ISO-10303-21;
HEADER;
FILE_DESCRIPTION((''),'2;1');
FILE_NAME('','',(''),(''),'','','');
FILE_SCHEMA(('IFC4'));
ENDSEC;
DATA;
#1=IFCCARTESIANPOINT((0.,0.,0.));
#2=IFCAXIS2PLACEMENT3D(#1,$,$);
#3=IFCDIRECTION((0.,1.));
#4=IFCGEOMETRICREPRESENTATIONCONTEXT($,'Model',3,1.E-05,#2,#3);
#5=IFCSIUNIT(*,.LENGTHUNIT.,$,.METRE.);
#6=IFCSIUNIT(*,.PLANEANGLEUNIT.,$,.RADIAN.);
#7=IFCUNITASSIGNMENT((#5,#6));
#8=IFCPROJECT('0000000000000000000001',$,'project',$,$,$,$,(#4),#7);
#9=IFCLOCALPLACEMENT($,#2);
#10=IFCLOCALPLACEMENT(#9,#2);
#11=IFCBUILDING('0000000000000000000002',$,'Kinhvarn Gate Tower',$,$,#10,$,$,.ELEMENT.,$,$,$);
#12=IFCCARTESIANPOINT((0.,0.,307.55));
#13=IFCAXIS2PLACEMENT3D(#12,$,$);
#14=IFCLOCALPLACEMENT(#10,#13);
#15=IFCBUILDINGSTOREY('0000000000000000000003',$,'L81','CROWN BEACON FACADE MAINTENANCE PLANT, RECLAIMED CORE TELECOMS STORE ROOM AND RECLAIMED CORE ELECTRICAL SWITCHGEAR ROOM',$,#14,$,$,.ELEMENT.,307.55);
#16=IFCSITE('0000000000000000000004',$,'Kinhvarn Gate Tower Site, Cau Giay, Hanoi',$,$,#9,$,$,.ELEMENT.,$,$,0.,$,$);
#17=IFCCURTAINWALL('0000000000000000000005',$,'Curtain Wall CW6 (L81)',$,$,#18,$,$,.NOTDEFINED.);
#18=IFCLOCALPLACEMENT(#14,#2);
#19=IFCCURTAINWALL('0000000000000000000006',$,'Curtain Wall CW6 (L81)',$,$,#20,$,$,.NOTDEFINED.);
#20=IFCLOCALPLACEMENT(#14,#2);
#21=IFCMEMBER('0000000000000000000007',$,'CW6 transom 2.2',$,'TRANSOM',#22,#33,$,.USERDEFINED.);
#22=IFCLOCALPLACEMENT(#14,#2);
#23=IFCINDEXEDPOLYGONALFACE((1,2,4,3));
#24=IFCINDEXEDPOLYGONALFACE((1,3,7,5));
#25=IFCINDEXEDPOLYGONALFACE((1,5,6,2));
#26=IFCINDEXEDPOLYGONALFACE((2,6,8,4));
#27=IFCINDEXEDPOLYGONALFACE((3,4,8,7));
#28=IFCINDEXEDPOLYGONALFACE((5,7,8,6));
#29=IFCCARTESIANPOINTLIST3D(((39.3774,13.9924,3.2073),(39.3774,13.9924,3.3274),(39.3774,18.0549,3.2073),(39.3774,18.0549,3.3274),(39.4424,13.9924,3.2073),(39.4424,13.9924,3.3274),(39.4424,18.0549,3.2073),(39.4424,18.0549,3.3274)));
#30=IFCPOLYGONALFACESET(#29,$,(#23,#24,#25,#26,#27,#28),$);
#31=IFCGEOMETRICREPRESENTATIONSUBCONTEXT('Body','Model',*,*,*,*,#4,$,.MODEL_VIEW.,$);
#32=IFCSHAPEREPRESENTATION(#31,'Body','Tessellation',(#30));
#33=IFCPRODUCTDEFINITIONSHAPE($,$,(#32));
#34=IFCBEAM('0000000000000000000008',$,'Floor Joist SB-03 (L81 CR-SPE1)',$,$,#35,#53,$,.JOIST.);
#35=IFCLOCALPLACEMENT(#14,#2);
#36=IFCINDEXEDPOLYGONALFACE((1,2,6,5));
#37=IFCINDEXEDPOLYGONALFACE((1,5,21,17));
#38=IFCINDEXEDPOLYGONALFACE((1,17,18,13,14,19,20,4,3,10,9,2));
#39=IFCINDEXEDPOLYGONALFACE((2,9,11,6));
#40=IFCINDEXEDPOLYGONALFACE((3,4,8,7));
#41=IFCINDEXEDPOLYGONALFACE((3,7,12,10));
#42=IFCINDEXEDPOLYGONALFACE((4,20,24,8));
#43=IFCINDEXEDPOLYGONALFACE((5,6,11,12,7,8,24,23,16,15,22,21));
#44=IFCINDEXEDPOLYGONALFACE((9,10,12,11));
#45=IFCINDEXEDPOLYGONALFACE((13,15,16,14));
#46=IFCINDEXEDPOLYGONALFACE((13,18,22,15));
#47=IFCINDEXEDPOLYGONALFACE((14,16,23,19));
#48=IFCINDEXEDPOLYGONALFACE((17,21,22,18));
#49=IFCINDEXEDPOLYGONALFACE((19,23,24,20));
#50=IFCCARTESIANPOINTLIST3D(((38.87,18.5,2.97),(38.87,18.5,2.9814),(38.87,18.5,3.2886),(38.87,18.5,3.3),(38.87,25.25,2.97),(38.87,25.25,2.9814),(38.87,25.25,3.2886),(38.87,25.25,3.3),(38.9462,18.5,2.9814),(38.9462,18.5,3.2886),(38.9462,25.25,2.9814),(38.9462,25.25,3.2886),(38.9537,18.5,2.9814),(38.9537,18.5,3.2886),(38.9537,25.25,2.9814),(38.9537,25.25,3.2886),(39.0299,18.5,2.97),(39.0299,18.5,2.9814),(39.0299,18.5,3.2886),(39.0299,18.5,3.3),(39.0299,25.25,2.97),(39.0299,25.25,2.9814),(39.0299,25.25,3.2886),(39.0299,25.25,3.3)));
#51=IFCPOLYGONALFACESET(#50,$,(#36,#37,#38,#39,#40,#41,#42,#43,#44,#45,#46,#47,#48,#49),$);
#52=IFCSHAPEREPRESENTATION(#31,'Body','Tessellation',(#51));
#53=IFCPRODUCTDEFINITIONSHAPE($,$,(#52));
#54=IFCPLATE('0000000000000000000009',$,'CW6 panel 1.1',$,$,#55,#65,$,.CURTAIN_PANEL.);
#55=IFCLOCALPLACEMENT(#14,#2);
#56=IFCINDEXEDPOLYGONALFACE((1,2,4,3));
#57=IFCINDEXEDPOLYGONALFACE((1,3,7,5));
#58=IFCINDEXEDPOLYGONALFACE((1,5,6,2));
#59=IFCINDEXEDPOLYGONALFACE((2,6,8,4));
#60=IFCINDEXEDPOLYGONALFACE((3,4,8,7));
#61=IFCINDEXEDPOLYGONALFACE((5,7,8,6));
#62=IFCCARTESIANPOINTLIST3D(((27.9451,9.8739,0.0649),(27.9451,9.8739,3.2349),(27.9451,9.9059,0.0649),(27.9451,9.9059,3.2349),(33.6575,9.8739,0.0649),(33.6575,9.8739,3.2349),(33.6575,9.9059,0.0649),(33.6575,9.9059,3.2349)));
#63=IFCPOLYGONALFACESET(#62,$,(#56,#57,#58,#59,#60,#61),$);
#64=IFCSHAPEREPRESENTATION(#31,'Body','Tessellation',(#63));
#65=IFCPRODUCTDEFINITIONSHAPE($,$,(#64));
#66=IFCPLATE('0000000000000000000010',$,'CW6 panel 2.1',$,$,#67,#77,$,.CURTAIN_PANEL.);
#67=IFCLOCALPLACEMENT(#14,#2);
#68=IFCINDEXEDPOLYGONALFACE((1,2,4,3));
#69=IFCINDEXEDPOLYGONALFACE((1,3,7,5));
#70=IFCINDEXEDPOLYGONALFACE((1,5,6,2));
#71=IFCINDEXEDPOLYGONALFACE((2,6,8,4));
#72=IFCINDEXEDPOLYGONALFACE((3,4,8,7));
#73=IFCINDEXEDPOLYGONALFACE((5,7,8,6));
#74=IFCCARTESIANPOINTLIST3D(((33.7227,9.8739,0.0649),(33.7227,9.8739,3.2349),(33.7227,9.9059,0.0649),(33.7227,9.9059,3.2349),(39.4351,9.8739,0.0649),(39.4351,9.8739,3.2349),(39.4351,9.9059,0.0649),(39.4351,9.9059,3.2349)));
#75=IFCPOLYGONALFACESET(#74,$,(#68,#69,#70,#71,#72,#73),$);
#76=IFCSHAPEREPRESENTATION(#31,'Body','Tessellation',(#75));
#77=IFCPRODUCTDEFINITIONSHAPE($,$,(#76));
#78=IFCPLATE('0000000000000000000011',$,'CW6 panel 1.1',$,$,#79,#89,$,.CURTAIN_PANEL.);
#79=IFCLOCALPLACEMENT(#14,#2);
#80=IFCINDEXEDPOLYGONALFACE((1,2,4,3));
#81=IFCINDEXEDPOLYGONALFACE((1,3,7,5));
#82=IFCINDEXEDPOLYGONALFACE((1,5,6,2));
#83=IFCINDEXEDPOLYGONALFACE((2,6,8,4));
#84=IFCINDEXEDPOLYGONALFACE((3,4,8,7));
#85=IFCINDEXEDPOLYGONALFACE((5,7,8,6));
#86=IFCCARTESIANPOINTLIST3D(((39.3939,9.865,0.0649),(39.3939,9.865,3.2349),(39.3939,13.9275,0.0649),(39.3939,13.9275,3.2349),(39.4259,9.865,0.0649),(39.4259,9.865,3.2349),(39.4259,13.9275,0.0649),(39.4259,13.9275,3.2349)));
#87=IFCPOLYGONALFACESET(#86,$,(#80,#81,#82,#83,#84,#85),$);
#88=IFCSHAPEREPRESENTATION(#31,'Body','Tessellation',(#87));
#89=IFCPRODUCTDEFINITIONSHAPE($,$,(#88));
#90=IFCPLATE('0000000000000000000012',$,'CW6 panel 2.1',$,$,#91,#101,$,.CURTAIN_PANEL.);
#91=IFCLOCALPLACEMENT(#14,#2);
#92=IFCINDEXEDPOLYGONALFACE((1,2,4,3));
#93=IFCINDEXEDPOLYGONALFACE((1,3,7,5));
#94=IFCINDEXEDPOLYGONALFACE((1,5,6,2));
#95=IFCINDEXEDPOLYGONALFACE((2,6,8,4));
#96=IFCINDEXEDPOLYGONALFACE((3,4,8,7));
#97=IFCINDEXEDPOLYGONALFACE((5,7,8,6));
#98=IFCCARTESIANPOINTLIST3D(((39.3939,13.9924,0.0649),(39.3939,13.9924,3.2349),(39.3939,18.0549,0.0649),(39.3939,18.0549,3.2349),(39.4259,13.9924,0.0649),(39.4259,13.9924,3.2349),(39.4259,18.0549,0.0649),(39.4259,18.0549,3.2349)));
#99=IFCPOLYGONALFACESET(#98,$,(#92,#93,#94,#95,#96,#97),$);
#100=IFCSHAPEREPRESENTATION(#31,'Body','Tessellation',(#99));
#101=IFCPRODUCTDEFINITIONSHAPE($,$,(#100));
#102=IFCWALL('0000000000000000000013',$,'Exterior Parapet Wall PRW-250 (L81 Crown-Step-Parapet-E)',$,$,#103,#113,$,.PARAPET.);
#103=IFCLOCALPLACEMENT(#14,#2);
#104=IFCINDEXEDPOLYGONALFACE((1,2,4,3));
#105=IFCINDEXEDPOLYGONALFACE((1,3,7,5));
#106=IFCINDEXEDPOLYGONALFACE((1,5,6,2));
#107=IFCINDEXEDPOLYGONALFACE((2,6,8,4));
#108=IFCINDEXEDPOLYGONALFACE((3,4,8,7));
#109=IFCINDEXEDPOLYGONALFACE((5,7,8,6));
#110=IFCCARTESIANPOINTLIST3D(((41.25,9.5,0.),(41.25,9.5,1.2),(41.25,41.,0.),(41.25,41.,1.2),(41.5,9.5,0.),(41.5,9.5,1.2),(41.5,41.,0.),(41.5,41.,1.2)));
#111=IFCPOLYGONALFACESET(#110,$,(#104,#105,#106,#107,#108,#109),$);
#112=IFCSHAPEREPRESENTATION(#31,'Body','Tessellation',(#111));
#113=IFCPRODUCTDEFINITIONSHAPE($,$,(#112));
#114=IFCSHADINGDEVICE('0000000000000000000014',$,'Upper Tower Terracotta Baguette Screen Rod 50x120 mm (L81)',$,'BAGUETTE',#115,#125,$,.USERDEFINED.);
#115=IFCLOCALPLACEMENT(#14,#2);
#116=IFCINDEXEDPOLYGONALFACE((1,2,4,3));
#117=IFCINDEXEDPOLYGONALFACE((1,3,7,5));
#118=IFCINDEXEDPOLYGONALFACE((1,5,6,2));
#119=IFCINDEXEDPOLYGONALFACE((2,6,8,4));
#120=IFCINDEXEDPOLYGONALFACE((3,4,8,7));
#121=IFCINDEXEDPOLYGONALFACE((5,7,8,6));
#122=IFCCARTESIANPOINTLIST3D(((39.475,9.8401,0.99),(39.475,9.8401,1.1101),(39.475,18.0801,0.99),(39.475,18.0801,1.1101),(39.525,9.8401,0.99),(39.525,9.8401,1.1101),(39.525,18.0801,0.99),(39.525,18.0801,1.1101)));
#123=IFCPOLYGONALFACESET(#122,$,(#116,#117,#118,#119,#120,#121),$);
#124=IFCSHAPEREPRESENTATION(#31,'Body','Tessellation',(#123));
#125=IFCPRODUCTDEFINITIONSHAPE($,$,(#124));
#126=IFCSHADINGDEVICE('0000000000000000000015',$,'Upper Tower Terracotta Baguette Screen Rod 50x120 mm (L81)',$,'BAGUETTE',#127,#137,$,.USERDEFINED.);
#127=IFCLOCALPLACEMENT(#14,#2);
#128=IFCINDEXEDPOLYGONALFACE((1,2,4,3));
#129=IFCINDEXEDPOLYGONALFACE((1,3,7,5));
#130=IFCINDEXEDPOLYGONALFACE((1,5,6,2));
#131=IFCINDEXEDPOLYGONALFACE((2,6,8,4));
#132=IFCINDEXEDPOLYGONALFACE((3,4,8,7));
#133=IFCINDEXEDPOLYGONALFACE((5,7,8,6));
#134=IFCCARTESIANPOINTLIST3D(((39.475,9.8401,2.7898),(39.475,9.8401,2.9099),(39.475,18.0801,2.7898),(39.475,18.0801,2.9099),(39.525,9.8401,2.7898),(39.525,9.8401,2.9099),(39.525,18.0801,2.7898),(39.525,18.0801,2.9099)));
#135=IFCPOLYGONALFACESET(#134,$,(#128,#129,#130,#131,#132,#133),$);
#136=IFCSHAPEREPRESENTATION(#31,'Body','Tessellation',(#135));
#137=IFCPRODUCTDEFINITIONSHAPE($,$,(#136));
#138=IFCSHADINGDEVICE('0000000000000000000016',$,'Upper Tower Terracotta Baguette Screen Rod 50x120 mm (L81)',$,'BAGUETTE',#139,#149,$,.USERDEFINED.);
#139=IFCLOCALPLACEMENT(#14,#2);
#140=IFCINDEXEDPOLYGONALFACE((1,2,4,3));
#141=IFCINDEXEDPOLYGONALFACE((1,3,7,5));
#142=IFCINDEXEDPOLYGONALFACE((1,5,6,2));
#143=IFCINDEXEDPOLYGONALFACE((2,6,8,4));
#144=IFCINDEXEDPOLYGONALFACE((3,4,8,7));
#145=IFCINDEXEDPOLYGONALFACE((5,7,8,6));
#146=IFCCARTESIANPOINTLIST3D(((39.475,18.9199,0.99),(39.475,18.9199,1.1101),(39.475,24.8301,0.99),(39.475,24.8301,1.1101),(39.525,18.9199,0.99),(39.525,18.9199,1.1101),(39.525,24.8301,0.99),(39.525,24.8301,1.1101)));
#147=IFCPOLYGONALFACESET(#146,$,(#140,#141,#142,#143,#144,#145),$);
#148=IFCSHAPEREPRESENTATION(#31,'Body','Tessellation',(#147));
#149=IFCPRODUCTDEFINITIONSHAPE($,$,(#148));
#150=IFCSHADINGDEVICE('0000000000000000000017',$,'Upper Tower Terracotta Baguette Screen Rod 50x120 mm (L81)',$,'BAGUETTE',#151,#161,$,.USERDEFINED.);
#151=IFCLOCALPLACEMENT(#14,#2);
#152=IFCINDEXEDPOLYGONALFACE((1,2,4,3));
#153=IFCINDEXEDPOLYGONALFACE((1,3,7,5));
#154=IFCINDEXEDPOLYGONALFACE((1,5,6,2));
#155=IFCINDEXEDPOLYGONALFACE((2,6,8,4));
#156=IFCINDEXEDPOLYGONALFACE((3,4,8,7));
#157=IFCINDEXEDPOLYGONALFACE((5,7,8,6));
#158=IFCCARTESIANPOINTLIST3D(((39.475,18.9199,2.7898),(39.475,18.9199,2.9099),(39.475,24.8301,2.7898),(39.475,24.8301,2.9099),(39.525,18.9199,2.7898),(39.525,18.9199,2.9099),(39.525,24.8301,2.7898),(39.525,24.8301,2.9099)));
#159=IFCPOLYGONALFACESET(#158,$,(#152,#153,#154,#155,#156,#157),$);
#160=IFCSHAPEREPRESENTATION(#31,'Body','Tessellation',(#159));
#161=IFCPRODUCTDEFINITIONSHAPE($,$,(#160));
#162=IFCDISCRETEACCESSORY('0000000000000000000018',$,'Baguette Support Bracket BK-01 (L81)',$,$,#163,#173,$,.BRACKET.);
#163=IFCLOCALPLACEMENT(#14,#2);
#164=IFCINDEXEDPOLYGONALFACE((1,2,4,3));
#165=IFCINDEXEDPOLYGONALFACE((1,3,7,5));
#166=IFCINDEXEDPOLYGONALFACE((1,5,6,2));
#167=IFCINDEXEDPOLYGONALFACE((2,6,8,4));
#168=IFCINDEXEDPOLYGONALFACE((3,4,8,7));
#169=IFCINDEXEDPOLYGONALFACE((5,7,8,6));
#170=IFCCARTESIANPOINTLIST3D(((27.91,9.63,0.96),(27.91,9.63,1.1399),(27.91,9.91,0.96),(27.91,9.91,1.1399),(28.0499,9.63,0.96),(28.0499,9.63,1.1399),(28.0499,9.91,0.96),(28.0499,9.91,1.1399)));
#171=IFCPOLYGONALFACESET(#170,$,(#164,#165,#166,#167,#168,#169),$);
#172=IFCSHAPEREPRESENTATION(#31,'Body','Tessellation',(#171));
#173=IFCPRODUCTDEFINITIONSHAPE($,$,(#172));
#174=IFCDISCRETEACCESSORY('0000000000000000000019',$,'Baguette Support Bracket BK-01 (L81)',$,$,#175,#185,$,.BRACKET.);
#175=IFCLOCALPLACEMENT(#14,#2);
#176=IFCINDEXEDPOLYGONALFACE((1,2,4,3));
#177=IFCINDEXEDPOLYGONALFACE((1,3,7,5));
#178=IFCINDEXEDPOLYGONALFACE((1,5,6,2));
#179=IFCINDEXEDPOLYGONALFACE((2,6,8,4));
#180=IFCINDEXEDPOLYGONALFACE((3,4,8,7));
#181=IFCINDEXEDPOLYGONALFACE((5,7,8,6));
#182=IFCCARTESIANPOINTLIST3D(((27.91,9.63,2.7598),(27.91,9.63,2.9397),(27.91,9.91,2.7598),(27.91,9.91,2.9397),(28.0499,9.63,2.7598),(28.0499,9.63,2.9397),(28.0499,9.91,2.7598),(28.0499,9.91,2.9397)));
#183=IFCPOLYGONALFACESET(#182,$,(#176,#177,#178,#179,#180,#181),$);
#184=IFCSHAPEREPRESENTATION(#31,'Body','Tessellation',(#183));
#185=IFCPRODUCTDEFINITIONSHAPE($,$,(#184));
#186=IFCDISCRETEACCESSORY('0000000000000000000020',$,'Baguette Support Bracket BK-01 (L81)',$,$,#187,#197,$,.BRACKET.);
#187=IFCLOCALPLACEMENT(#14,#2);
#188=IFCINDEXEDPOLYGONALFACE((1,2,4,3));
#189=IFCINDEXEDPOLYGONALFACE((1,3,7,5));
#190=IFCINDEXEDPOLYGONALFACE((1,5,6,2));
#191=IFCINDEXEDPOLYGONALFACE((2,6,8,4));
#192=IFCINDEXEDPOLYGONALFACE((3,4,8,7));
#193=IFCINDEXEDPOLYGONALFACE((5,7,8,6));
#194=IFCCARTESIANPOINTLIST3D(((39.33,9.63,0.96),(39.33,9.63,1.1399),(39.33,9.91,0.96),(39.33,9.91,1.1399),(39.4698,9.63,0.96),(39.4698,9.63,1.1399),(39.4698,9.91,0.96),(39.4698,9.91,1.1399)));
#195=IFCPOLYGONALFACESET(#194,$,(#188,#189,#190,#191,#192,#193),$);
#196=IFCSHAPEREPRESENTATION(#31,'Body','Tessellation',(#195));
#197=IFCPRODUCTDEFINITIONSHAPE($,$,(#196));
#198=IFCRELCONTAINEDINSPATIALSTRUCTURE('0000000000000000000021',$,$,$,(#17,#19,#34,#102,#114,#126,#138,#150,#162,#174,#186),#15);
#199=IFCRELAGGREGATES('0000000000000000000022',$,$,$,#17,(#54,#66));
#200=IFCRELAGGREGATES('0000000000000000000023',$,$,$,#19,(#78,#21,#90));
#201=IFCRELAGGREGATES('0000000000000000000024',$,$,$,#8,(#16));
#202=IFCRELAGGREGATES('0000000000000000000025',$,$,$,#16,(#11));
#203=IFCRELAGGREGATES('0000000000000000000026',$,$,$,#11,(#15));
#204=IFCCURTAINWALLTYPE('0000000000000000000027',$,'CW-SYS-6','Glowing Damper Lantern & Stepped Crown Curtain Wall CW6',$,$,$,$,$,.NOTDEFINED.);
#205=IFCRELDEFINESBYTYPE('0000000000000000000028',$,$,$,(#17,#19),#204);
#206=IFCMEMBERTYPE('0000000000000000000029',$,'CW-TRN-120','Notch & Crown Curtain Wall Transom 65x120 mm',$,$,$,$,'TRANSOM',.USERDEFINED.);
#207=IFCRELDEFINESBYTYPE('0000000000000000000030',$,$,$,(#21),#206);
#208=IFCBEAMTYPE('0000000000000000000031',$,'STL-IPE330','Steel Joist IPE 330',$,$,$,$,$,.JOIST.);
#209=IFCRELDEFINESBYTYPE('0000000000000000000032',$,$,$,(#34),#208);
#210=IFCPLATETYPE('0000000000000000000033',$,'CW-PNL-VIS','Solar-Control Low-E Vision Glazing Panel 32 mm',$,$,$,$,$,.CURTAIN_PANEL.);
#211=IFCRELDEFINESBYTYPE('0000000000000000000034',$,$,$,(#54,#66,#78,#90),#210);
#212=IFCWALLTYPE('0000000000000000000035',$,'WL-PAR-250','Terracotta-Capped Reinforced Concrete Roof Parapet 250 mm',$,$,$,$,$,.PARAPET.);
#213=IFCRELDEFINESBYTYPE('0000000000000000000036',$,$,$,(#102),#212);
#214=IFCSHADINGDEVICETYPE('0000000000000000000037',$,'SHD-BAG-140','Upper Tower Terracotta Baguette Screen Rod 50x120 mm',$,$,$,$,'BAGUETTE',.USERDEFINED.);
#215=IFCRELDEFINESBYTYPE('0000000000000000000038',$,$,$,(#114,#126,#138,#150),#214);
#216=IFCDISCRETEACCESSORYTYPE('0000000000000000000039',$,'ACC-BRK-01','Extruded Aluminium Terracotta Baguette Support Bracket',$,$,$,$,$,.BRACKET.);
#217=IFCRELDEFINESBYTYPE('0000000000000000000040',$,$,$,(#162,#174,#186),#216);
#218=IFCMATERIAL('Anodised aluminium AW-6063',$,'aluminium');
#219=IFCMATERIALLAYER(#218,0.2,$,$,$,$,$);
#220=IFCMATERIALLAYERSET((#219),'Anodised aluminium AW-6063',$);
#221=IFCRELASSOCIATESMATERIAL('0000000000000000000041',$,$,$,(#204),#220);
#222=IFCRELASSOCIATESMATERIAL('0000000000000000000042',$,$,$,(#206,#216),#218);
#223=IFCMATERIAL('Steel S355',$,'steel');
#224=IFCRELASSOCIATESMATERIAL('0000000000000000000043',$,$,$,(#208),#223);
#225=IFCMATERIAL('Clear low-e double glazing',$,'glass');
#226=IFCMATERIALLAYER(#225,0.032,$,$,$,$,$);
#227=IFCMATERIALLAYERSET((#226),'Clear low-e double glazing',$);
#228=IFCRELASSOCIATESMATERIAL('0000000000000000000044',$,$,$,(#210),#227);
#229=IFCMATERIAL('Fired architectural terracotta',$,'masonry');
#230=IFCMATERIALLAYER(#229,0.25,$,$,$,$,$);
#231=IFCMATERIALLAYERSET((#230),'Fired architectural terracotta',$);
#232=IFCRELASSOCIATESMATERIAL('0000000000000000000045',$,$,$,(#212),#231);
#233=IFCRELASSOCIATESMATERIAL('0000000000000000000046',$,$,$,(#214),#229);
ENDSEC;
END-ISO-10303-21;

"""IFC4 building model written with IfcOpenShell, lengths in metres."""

from ifc_helpers import new_model, si_unit, direction, frame, frame_2d, origin, origin_2d, place, context, subcontext, project, spatial, rectangle, i_section, extrude, material, layer, layer_set, material_profile, profile_set, type_object, element, aggregate, save


model = new_model("IFC4")

# Units and contexts
model_context = context("Model", 3, precision=1e-05, world=origin(), true_north=direction((0.0, 1.0)))
body_context = subcontext(model_context, "Body", "Model", "MODEL_VIEW")
ifc_project = project(units=[si_unit("LENGTHUNIT", "METRE"), si_unit("PLANEANGLEUNIT", "RADIAN")], contexts=[model_context])

# Site, building, storey
site_placement = place(None, origin())
site = spatial("IfcSite", under=ifc_project, at=site_placement, Name="Kinhvarn Gate Tower Site, Cau Giay, Hanoi", CompositionType="ELEMENT", RefElevation=0.0)
building_placement = place(site_placement, origin())
building = spatial("IfcBuilding", under=site, at=building_placement, Name="Kinhvarn Gate Tower", CompositionType="ELEMENT")
storey_placement = place(building_placement, frame((0.0, 0.0, 307.55)))
storey = spatial("IfcBuildingStorey", under=building, at=storey_placement, Name="L81", Description="CROWN BEACON FACADE MAINTENANCE PLANT, RECLAIMED CORE TELECOMS STORE ROOM AND RECLAIMED CORE ELECTRICAL SWITCHGEAR ROOM", CompositionType="ELEMENT", Elevation=307.55)

# Curtain walls
ifc_material_1 = material(Name="Anodised aluminium AW-6063", Category="aluminium")
ifc_layer_1 = layer(ifc_material_1, 0.2)
ifc_layer_set_1 = layer_set([ifc_layer_1], Name="Anodised aluminium AW-6063")
curtain_wall_type = type_object("IfcCurtainWallType", Name="CW-SYS-6", Description="Glowing Damper Lantern & Stepped Crown Curtain Wall CW6", PredefinedType="NOTDEFINED", material=ifc_layer_set_1)
curtain_wall_1_placement = place(storey_placement, origin())
curtain_wall_1 = element("IfcCurtainWall", 1, at=curtain_wall_1_placement, inside=storey, type_object=curtain_wall_type, Name="Curtain Wall CW6 (L81)", PredefinedType="NOTDEFINED")
curtain_wall_2_placement = place(storey_placement, origin())
curtain_wall_2 = element("IfcCurtainWall", 2, at=curtain_wall_2_placement, inside=storey, type_object=curtain_wall_type, Name="Curtain Wall CW6 (L81)", PredefinedType="NOTDEFINED")

# Member
ifc_material_profile_1 = material_profile(ifc_material_1, rectangle(XDim=0.0649, YDim=0.1201, at=origin_2d()), Name="ALU 65x120")
ifc_profile_set_1 = profile_set([ifc_material_profile_1], Name="Anodised aluminium AW-6063")
member_type_1 = type_object("IfcMemberType", Name="CW-TRN-120", Description="Notch & Crown Curtain Wall Transom 65x120 mm", ElementType="TRANSOM", PredefinedType="USERDEFINED", material=ifc_profile_set_1)
member_1_placement = place(storey_placement, frame((39.4099, 13.9924, 3.2673), z_axis=(0.0, 1.0, 0.0), x_axis=(-1.0, 0.0, 0.0)))
member_1 = element("IfcMember", 3, at=member_1_placement, type_object=member_type_1, Name="CW6 transom 2.2", ObjectType="TRANSOM", PredefinedType="USERDEFINED", context=body_context, shape_type="SweptSolid", body=[
    extrude(rectangle(XDim=0.0649, YDim=0.1201, at=origin_2d()), origin(), (0.0, 0.0, 1.0), 4.0625),
])

# Beam
ifc_material_2 = material(Name="Steel S355", Category="steel")
ifc_material_profile_2 = material_profile(ifc_material_2, i_section(OverallWidth=0.1599, OverallDepth=0.3301, WebThickness=0.0076, FlangeThickness=0.0115, at=origin_2d()), Name="IPE 330")
ifc_profile_set_2 = profile_set([ifc_material_profile_2], Name="Steel S355")
beam_type = type_object("IfcBeamType", Name="STL-IPE330", Description="Steel Joist IPE 330", PredefinedType="JOIST", material=ifc_profile_set_2)
beam_placement = place(storey_placement, frame((38.95, 18.5, 3.135), z_axis=(0.0, 1.0, 0.0), x_axis=(-1.0, 0.0, 0.0)))
element("IfcBeam", 4, at=beam_placement, inside=storey, type_object=beam_type, Name="Floor Joist SB-03 (L81 CR-SPE1)", PredefinedType="JOIST", context=body_context, shape_type="SweptSolid", body=[
    extrude(i_section(OverallWidth=0.1599, OverallDepth=0.3301, WebThickness=0.0076, FlangeThickness=0.0115, at=origin_2d()), origin(), (0.0, 0.0, 1.0), 6.75),
])

# Plates
ifc_material_3 = material(Name="Clear low-e double glazing", Category="glass")
ifc_layer_2 = layer(ifc_material_3, 0.032)
ifc_layer_set_2 = layer_set([ifc_layer_2], Name="Clear low-e double glazing")
plate_type = type_object("IfcPlateType", Name="CW-PNL-VIS", Description="Solar-Control Low-E Vision Glazing Panel 32 mm", PredefinedType="CURTAIN_PANEL", material=ifc_layer_set_2)
plate_1_placement = place(storey_placement, frame((30.8013, 9.8899, 0.0649), z_axis=(0.0, 0.0, 1.0), x_axis=(1.0, 0.0, 0.0)))
plate_1 = element("IfcPlate", 5, at=plate_1_placement, type_object=plate_type, Name="CW6 panel 1.1", PredefinedType="CURTAIN_PANEL", context=body_context, shape_type="SweptSolid", body=[
    extrude(rectangle(XDim=5.7124, YDim=0.032, at=origin_2d()), origin(), (0.0, 0.0, 1.0), 3.1699),
])
plate_2_placement = place(storey_placement, frame((36.5789, 9.8899, 0.0649), z_axis=(0.0, 0.0, 1.0), x_axis=(1.0, 0.0, 0.0)))
plate_2 = element("IfcPlate", 6, at=plate_2_placement, type_object=plate_type, Name="CW6 panel 2.1", PredefinedType="CURTAIN_PANEL", context=body_context, shape_type="SweptSolid", body=[
    extrude(rectangle(XDim=5.7124, YDim=0.032, at=origin_2d()), origin(), (0.0, 0.0, 1.0), 3.1699),
])
aggregate(curtain_wall_1, [plate_1, plate_2])
plate_3_placement = place(storey_placement, frame((39.4099, 11.8962, 0.0649), z_axis=(0.0, 0.0, 1.0), x_axis=(0.0, 1.0, 0.0)))
plate_3 = element("IfcPlate", 7, at=plate_3_placement, type_object=plate_type, Name="CW6 panel 1.1", PredefinedType="CURTAIN_PANEL", context=body_context, shape_type="SweptSolid", body=[
    extrude(rectangle(XDim=4.0625, YDim=0.032, at=origin_2d()), origin(), (0.0, 0.0, 1.0), 3.1699),
])
plate_4_placement = place(storey_placement, frame((39.4099, 16.0237, 0.0649), z_axis=(0.0, 0.0, 1.0), x_axis=(0.0, 1.0, 0.0)))
plate_4 = element("IfcPlate", 8, at=plate_4_placement, type_object=plate_type, Name="CW6 panel 2.1", PredefinedType="CURTAIN_PANEL", context=body_context, shape_type="SweptSolid", body=[
    extrude(rectangle(XDim=4.0625, YDim=0.032, at=origin_2d()), origin(), (0.0, 0.0, 1.0), 3.1699),
])
aggregate(curtain_wall_2, [plate_3, member_1, plate_4])

# Wall
ifc_material_4 = material(Name="Fired architectural terracotta", Category="masonry")
ifc_layer_3 = layer(ifc_material_4, 0.25)
ifc_layer_set_3 = layer_set([ifc_layer_3], Name="Fired architectural terracotta")
wall_type = type_object("IfcWallType", Name="WL-PAR-250", Description="Terracotta-Capped Reinforced Concrete Roof Parapet 250 mm", PredefinedType="PARAPET", material=ifc_layer_set_3)
wall_placement = place(storey_placement, frame((41.375, 9.5, 0.0), z_axis=(0.0, 0.0, 1.0), x_axis=(0.0, 1.0, 0.0)))
element("IfcWall", 9, at=wall_placement, inside=storey, type_object=wall_type, Name="Exterior Parapet Wall PRW-250 (L81 Crown-Step-Parapet-E)", PredefinedType="PARAPET", context=body_context, shape_type="SweptSolid", body=[
    extrude(rectangle(XDim=31.5, YDim=0.25, at=frame_2d((15.75, 0.0))), origin(), (0.0, 0.0, 1.0), 1.2),
])

# Shading devices
ifc_material_profile_3 = material_profile(ifc_material_4, rectangle(XDim=0.05, YDim=0.1201, at=origin_2d()), Name="TC 50x120")
ifc_profile_set_3 = profile_set([ifc_material_profile_3], Name="Fired architectural terracotta")
shading_device_type = type_object("IfcShadingDeviceType", Name="SHD-BAG-140", Description="Upper Tower Terracotta Baguette Screen Rod 50x120 mm", ElementType="BAGUETTE", PredefinedType="USERDEFINED", material=ifc_profile_set_3)
for number, where, z_axis, x_axis, name in (
    (10, (39.5, 9.8401, 1.05), (0.0, 1.0, 0.0), (-1.0, 0.0, 0.0), "Upper Tower Terracotta Baguette Screen Rod 50x120 mm (L81)"),
    (11, (39.5, 9.8401, 2.8499), (0.0, 1.0, 0.0), (-1.0, 0.0, 0.0), "Upper Tower Terracotta Baguette Screen Rod 50x120 mm (L81)"),
):
    element("IfcShadingDevice", number, at=place(storey_placement, frame(where, z_axis=z_axis, x_axis=x_axis)), inside=storey, type_object=shading_device_type, Name=name, ObjectType="BAGUETTE", PredefinedType="USERDEFINED", context=body_context, shape_type="SweptSolid", body=[
        extrude(rectangle(XDim=0.05, YDim=0.1201, at=origin_2d()), origin(), (0.0, 0.0, 1.0), 8.24),
    ])
for number, where, z_axis, x_axis, name in (
    (12, (39.5, 18.9199, 1.05), (0.0, 1.0, 0.0), (-1.0, 0.0, 0.0), "Upper Tower Terracotta Baguette Screen Rod 50x120 mm (L81)"),
    (13, (39.5, 18.9199, 2.8499), (0.0, 1.0, 0.0), (-1.0, 0.0, 0.0), "Upper Tower Terracotta Baguette Screen Rod 50x120 mm (L81)"),
):
    element("IfcShadingDevice", number, at=place(storey_placement, frame(where, z_axis=z_axis, x_axis=x_axis)), inside=storey, type_object=shading_device_type, Name=name, ObjectType="BAGUETTE", PredefinedType="USERDEFINED", context=body_context, shape_type="SweptSolid", body=[
        extrude(rectangle(XDim=0.05, YDim=0.1201, at=origin_2d()), origin(), (0.0, 0.0, 1.0), 5.9102),
    ])

# Discrete accessories
discrete_accessory_type = type_object("IfcDiscreteAccessoryType", Name="ACC-BRK-01", Description="Extruded Aluminium Terracotta Baguette Support Bracket", PredefinedType="BRACKET", material=ifc_material_1)
for number, where, z_axis, x_axis, name in (
    (14, (27.98, 9.77, 0.96), (0.0, 0.0, 1.0), (1.0, 0.0, 0.0), "Baguette Support Bracket BK-01 (L81)"),
    (15, (27.98, 9.77, 2.7598), (0.0, 0.0, 1.0), (1.0, 0.0, 0.0), "Baguette Support Bracket BK-01 (L81)"),
    (16, (39.3999, 9.77, 0.96), (0.0, 0.0, 1.0), (1.0, 0.0, 0.0), "Baguette Support Bracket BK-01 (L81)"),
):
    element("IfcDiscreteAccessory", number, at=place(storey_placement, frame(where, z_axis=z_axis, x_axis=x_axis)), inside=storey, type_object=discrete_accessory_type, Name=name, PredefinedType="BRACKET", context=body_context, shape_type="SweptSolid", body=[
        extrude(rectangle(XDim=0.1399, YDim=0.28, at=origin_2d()), origin(), (0.0, 0.0, 1.0), 0.1799),
    ])

save(model, "model.ifc")
